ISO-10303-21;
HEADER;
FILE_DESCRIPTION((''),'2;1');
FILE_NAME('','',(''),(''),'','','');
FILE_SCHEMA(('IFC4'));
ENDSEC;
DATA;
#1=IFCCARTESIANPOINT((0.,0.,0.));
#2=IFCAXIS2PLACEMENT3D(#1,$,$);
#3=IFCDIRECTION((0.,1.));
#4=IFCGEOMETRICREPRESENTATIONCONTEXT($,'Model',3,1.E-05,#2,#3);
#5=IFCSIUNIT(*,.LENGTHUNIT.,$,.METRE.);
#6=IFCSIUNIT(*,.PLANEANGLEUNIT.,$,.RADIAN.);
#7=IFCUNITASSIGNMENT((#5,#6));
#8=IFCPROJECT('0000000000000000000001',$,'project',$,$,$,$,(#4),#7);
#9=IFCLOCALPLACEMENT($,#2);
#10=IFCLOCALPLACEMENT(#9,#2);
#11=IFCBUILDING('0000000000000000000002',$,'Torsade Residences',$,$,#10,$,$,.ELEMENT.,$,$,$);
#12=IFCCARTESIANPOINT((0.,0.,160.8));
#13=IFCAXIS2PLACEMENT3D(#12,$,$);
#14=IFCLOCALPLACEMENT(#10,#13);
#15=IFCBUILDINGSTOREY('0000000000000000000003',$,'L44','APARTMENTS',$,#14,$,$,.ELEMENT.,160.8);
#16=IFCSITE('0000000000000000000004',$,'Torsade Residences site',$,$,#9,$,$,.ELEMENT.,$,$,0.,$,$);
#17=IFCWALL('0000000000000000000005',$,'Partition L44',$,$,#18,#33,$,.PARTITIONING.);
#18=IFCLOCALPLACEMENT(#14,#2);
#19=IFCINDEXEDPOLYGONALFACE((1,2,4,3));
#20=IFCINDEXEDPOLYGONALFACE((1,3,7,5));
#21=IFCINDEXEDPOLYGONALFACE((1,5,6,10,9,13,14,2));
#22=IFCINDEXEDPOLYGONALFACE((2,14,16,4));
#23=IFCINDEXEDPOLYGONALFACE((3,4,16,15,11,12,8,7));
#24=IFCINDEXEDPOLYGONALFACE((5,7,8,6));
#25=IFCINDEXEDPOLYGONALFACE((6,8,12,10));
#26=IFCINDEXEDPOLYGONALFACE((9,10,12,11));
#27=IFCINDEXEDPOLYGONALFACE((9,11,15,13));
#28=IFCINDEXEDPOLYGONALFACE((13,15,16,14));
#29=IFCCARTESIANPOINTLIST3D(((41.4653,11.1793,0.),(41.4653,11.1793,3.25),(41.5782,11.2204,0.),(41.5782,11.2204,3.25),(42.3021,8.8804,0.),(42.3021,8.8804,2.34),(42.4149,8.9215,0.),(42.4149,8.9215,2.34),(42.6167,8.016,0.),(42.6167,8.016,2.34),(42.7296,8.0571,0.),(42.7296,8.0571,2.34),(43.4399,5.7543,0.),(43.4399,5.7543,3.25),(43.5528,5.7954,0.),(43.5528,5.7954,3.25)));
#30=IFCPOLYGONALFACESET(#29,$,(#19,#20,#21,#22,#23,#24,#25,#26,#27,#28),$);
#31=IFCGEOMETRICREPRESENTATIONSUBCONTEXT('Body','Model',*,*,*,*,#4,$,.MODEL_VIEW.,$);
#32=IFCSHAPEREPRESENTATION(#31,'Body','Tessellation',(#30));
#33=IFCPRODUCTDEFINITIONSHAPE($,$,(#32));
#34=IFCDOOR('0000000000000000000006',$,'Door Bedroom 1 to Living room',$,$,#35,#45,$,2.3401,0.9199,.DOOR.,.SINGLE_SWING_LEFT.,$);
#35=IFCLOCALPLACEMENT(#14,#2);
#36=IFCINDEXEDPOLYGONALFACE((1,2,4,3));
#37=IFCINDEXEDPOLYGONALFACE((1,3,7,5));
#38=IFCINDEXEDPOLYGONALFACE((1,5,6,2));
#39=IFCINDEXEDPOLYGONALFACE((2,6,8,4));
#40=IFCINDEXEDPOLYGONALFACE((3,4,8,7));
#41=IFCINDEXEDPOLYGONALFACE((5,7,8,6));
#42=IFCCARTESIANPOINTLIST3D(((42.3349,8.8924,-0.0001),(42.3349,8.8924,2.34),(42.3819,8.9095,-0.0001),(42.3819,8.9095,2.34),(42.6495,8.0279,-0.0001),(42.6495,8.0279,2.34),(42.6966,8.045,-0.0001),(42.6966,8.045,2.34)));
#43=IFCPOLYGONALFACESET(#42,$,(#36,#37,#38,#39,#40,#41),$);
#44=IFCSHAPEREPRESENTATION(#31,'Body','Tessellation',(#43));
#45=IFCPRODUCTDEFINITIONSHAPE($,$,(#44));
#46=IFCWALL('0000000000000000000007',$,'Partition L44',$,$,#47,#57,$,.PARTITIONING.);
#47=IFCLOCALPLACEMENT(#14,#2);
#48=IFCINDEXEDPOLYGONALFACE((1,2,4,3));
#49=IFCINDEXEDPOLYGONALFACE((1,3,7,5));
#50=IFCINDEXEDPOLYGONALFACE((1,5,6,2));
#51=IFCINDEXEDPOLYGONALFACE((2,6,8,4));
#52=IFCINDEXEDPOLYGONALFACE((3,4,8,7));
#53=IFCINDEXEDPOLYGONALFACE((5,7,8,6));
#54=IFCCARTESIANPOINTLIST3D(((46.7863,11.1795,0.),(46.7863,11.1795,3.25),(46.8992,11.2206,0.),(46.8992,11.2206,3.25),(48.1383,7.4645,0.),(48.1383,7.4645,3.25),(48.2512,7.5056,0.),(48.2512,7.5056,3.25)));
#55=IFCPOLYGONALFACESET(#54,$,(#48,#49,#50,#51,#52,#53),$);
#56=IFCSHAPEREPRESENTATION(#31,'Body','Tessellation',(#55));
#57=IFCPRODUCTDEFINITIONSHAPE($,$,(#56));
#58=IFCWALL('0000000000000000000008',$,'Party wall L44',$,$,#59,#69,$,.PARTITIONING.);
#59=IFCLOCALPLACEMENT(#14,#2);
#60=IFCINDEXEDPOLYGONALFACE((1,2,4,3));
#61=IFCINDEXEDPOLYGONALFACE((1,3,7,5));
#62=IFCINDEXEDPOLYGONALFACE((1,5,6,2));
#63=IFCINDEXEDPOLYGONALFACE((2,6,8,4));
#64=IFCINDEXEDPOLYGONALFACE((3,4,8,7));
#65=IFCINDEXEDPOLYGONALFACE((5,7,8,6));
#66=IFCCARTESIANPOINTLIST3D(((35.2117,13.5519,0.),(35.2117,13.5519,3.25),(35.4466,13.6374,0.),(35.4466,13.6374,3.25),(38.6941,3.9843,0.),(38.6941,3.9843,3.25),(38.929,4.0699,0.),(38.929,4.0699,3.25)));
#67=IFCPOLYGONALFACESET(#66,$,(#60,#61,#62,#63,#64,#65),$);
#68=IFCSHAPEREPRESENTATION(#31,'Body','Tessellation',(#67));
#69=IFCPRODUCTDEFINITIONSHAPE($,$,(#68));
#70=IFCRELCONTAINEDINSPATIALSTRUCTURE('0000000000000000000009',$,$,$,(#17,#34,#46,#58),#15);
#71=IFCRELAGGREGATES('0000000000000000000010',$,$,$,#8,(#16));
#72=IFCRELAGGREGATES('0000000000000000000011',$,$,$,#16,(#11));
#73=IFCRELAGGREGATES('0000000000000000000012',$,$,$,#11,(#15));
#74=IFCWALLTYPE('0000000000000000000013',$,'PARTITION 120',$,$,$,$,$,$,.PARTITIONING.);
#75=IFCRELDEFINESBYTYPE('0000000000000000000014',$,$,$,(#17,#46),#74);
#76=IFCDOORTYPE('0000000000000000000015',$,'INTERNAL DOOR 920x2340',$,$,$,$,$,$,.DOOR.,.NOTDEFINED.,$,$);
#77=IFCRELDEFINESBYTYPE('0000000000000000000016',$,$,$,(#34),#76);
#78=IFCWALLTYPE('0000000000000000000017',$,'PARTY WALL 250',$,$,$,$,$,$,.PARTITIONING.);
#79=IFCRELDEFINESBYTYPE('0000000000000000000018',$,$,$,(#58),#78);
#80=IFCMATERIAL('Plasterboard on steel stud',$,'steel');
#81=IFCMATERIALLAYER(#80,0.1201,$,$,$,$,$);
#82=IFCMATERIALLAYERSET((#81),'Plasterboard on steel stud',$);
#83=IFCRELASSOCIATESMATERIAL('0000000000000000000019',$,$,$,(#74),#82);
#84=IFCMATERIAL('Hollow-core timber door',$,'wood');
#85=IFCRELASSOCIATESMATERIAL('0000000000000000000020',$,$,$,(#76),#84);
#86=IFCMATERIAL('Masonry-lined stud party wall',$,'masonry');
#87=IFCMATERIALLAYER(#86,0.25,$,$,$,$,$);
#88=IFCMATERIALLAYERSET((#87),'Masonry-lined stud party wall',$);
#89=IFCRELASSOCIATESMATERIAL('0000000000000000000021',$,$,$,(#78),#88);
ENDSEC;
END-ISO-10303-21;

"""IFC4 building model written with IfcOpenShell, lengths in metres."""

from ifc_helpers import new_model, si_unit, direction, frame, frame_2d, origin, place, context, subcontext, project, spatial, rectangle, extrude, material, layer, layer_set, type_object, element, fill, save


model = new_model("IFC4")

# Units and contexts
model_context = context("Model", 3, precision=1e-05, world=origin(), true_north=direction((0.0, 1.0)))
body_context = subcontext(model_context, "Body", "Model", "MODEL_VIEW")
ifc_project = project(units=[si_unit("LENGTHUNIT", "METRE"), si_unit("PLANEANGLEUNIT", "RADIAN")], contexts=[model_context])

# Site, building, storey
site_placement = place(None, origin())
site = spatial("IfcSite", under=ifc_project, at=site_placement, Name="Torsade Residences site", CompositionType="ELEMENT", RefElevation=0.0)
building_placement = place(site_placement, origin())
building = spatial("IfcBuilding", under=site, at=building_placement, Name="Torsade Residences", CompositionType="ELEMENT")
storey_placement = place(building_placement, frame((0.0, 0.0, 160.8)))
storey = spatial("IfcBuildingStorey", under=building, at=storey_placement, Name="L44", Description="APARTMENTS", CompositionType="ELEMENT", Elevation=160.8)

# Shared definitions
ifc_material_1 = material(Name="Plasterboard on steel stud", Category="steel")
ifc_layer_1 = layer(ifc_material_1, 0.1201)
ifc_layer_set_1 = layer_set([ifc_layer_1], Name="Plasterboard on steel stud")
wall_type_1 = type_object("IfcWallType", Name="PARTITION 120", PredefinedType="PARTITIONING", material=ifc_layer_set_1)
ifc_material_2 = material(Name="Hollow-core timber door", Category="wood")
door_type_1 = type_object("IfcDoorType", Name="INTERNAL DOOR 920x2340", OperationType="NOTDEFINED", PredefinedType="DOOR", material=ifc_material_2)

# Wall, opening, door
wall_1_placement = place(storey_placement, frame((41.5217, 11.2, 0.0), z_axis=(0.0, 0.0, 1.0), x_axis=(0.342028, -0.93969, 0.0)))
wall_1 = element("IfcWall", 1, at=wall_1_placement, inside=storey, type_object=wall_type_1, Name="Partition L44", PredefinedType="PARTITIONING", context=body_context, shape_type="SweptSolid", body=[
    extrude(rectangle(XDim=5.7732, YDim=0.1201, at=frame_2d((2.8867, 0.0))), origin(), (0.0, 0.0, 1.0), 3.25),
])
opening_1_placement = place(wall_1_placement, frame((2.4465, 0.0, 0.0)))
opening_1 = element("IfcOpeningElement", 2, at=opening_1_placement, cuts=wall_1, PredefinedType="OPENING", context=body_context, shape_type="SweptSolid", body=[
    extrude(rectangle(XDim=0.9199, YDim=2.3401, at=frame_2d((0.46, 1.1699))), frame((0.0, 0.0701, 0.0), z_axis=(0.0, -1.0, 0.0), x_axis=(1.0, 0.0, 0.0)), (0.0, 0.0, 1.0), 0.1401),
])
door_1_placement = place(opening_1_placement, origin())
door_1 = element("IfcDoor", 3, at=door_1_placement, inside=storey, type_object=door_type_1, Name="Door Bedroom 1 to Living room", OperationType="SINGLE_SWING_LEFT", OverallHeight=2.3401, OverallWidth=0.9199, PredefinedType="DOOR", context=body_context, shape_type="SweptSolid", body=[
    extrude(rectangle(XDim=0.9199, YDim=2.3401, at=frame_2d((0.46, 1.1699))), frame((0.0, 0.0249, 0.0), z_axis=(0.0, -1.0, 0.0), x_axis=(1.0, 0.0, 0.0)), (0.0, 0.0, 1.0), 0.05),
])
fill(opening_1, door_1)

# Walls
wall_2_placement = place(storey_placement, frame((46.8428, 11.2, 0.0), z_axis=(0.0, 0.0, 1.0), x_axis=(0.341991, -0.939703, 0.0)))
element("IfcWall", 4, at=wall_2_placement, inside=storey, type_object=wall_type_1, Name="Partition L44", PredefinedType="PARTITIONING", context=body_context, shape_type="SweptSolid", body=[
    extrude(rectangle(XDim=3.9534, YDim=0.1201, at=frame_2d((1.9766, 0.0))), origin(), (0.0, 0.0, 1.0), 3.25),
])
ifc_material_3 = material(Name="Masonry-lined stud party wall", Category="masonry")
ifc_layer_2 = layer(ifc_material_3, 0.25)
ifc_layer_set_2 = layer_set([ifc_layer_2], Name="Masonry-lined stud party wall")
wall_type_2 = type_object("IfcWallType", Name="PARTY WALL 250", PredefinedType="PARTITIONING", material=ifc_layer_set_2)
wall_3_placement = place(storey_placement, frame((38.8115, 4.0271, 0.0), z_axis=(0.0, 0.0, 1.0), x_axis=(-0.342028, 0.93969, 0.0)))
element("IfcWall", 5, at=wall_3_placement, inside=storey, type_object=wall_type_2, Name="Party wall L44", PredefinedType="PARTITIONING", context=body_context, shape_type="SweptSolid", body=[
    extrude(rectangle(XDim=10.1816, YDim=0.25, at=frame_2d((5.0908, 0.0))), origin(), (0.0, 0.0, 1.0), 3.25),
])

save(model, "model.ifc")
